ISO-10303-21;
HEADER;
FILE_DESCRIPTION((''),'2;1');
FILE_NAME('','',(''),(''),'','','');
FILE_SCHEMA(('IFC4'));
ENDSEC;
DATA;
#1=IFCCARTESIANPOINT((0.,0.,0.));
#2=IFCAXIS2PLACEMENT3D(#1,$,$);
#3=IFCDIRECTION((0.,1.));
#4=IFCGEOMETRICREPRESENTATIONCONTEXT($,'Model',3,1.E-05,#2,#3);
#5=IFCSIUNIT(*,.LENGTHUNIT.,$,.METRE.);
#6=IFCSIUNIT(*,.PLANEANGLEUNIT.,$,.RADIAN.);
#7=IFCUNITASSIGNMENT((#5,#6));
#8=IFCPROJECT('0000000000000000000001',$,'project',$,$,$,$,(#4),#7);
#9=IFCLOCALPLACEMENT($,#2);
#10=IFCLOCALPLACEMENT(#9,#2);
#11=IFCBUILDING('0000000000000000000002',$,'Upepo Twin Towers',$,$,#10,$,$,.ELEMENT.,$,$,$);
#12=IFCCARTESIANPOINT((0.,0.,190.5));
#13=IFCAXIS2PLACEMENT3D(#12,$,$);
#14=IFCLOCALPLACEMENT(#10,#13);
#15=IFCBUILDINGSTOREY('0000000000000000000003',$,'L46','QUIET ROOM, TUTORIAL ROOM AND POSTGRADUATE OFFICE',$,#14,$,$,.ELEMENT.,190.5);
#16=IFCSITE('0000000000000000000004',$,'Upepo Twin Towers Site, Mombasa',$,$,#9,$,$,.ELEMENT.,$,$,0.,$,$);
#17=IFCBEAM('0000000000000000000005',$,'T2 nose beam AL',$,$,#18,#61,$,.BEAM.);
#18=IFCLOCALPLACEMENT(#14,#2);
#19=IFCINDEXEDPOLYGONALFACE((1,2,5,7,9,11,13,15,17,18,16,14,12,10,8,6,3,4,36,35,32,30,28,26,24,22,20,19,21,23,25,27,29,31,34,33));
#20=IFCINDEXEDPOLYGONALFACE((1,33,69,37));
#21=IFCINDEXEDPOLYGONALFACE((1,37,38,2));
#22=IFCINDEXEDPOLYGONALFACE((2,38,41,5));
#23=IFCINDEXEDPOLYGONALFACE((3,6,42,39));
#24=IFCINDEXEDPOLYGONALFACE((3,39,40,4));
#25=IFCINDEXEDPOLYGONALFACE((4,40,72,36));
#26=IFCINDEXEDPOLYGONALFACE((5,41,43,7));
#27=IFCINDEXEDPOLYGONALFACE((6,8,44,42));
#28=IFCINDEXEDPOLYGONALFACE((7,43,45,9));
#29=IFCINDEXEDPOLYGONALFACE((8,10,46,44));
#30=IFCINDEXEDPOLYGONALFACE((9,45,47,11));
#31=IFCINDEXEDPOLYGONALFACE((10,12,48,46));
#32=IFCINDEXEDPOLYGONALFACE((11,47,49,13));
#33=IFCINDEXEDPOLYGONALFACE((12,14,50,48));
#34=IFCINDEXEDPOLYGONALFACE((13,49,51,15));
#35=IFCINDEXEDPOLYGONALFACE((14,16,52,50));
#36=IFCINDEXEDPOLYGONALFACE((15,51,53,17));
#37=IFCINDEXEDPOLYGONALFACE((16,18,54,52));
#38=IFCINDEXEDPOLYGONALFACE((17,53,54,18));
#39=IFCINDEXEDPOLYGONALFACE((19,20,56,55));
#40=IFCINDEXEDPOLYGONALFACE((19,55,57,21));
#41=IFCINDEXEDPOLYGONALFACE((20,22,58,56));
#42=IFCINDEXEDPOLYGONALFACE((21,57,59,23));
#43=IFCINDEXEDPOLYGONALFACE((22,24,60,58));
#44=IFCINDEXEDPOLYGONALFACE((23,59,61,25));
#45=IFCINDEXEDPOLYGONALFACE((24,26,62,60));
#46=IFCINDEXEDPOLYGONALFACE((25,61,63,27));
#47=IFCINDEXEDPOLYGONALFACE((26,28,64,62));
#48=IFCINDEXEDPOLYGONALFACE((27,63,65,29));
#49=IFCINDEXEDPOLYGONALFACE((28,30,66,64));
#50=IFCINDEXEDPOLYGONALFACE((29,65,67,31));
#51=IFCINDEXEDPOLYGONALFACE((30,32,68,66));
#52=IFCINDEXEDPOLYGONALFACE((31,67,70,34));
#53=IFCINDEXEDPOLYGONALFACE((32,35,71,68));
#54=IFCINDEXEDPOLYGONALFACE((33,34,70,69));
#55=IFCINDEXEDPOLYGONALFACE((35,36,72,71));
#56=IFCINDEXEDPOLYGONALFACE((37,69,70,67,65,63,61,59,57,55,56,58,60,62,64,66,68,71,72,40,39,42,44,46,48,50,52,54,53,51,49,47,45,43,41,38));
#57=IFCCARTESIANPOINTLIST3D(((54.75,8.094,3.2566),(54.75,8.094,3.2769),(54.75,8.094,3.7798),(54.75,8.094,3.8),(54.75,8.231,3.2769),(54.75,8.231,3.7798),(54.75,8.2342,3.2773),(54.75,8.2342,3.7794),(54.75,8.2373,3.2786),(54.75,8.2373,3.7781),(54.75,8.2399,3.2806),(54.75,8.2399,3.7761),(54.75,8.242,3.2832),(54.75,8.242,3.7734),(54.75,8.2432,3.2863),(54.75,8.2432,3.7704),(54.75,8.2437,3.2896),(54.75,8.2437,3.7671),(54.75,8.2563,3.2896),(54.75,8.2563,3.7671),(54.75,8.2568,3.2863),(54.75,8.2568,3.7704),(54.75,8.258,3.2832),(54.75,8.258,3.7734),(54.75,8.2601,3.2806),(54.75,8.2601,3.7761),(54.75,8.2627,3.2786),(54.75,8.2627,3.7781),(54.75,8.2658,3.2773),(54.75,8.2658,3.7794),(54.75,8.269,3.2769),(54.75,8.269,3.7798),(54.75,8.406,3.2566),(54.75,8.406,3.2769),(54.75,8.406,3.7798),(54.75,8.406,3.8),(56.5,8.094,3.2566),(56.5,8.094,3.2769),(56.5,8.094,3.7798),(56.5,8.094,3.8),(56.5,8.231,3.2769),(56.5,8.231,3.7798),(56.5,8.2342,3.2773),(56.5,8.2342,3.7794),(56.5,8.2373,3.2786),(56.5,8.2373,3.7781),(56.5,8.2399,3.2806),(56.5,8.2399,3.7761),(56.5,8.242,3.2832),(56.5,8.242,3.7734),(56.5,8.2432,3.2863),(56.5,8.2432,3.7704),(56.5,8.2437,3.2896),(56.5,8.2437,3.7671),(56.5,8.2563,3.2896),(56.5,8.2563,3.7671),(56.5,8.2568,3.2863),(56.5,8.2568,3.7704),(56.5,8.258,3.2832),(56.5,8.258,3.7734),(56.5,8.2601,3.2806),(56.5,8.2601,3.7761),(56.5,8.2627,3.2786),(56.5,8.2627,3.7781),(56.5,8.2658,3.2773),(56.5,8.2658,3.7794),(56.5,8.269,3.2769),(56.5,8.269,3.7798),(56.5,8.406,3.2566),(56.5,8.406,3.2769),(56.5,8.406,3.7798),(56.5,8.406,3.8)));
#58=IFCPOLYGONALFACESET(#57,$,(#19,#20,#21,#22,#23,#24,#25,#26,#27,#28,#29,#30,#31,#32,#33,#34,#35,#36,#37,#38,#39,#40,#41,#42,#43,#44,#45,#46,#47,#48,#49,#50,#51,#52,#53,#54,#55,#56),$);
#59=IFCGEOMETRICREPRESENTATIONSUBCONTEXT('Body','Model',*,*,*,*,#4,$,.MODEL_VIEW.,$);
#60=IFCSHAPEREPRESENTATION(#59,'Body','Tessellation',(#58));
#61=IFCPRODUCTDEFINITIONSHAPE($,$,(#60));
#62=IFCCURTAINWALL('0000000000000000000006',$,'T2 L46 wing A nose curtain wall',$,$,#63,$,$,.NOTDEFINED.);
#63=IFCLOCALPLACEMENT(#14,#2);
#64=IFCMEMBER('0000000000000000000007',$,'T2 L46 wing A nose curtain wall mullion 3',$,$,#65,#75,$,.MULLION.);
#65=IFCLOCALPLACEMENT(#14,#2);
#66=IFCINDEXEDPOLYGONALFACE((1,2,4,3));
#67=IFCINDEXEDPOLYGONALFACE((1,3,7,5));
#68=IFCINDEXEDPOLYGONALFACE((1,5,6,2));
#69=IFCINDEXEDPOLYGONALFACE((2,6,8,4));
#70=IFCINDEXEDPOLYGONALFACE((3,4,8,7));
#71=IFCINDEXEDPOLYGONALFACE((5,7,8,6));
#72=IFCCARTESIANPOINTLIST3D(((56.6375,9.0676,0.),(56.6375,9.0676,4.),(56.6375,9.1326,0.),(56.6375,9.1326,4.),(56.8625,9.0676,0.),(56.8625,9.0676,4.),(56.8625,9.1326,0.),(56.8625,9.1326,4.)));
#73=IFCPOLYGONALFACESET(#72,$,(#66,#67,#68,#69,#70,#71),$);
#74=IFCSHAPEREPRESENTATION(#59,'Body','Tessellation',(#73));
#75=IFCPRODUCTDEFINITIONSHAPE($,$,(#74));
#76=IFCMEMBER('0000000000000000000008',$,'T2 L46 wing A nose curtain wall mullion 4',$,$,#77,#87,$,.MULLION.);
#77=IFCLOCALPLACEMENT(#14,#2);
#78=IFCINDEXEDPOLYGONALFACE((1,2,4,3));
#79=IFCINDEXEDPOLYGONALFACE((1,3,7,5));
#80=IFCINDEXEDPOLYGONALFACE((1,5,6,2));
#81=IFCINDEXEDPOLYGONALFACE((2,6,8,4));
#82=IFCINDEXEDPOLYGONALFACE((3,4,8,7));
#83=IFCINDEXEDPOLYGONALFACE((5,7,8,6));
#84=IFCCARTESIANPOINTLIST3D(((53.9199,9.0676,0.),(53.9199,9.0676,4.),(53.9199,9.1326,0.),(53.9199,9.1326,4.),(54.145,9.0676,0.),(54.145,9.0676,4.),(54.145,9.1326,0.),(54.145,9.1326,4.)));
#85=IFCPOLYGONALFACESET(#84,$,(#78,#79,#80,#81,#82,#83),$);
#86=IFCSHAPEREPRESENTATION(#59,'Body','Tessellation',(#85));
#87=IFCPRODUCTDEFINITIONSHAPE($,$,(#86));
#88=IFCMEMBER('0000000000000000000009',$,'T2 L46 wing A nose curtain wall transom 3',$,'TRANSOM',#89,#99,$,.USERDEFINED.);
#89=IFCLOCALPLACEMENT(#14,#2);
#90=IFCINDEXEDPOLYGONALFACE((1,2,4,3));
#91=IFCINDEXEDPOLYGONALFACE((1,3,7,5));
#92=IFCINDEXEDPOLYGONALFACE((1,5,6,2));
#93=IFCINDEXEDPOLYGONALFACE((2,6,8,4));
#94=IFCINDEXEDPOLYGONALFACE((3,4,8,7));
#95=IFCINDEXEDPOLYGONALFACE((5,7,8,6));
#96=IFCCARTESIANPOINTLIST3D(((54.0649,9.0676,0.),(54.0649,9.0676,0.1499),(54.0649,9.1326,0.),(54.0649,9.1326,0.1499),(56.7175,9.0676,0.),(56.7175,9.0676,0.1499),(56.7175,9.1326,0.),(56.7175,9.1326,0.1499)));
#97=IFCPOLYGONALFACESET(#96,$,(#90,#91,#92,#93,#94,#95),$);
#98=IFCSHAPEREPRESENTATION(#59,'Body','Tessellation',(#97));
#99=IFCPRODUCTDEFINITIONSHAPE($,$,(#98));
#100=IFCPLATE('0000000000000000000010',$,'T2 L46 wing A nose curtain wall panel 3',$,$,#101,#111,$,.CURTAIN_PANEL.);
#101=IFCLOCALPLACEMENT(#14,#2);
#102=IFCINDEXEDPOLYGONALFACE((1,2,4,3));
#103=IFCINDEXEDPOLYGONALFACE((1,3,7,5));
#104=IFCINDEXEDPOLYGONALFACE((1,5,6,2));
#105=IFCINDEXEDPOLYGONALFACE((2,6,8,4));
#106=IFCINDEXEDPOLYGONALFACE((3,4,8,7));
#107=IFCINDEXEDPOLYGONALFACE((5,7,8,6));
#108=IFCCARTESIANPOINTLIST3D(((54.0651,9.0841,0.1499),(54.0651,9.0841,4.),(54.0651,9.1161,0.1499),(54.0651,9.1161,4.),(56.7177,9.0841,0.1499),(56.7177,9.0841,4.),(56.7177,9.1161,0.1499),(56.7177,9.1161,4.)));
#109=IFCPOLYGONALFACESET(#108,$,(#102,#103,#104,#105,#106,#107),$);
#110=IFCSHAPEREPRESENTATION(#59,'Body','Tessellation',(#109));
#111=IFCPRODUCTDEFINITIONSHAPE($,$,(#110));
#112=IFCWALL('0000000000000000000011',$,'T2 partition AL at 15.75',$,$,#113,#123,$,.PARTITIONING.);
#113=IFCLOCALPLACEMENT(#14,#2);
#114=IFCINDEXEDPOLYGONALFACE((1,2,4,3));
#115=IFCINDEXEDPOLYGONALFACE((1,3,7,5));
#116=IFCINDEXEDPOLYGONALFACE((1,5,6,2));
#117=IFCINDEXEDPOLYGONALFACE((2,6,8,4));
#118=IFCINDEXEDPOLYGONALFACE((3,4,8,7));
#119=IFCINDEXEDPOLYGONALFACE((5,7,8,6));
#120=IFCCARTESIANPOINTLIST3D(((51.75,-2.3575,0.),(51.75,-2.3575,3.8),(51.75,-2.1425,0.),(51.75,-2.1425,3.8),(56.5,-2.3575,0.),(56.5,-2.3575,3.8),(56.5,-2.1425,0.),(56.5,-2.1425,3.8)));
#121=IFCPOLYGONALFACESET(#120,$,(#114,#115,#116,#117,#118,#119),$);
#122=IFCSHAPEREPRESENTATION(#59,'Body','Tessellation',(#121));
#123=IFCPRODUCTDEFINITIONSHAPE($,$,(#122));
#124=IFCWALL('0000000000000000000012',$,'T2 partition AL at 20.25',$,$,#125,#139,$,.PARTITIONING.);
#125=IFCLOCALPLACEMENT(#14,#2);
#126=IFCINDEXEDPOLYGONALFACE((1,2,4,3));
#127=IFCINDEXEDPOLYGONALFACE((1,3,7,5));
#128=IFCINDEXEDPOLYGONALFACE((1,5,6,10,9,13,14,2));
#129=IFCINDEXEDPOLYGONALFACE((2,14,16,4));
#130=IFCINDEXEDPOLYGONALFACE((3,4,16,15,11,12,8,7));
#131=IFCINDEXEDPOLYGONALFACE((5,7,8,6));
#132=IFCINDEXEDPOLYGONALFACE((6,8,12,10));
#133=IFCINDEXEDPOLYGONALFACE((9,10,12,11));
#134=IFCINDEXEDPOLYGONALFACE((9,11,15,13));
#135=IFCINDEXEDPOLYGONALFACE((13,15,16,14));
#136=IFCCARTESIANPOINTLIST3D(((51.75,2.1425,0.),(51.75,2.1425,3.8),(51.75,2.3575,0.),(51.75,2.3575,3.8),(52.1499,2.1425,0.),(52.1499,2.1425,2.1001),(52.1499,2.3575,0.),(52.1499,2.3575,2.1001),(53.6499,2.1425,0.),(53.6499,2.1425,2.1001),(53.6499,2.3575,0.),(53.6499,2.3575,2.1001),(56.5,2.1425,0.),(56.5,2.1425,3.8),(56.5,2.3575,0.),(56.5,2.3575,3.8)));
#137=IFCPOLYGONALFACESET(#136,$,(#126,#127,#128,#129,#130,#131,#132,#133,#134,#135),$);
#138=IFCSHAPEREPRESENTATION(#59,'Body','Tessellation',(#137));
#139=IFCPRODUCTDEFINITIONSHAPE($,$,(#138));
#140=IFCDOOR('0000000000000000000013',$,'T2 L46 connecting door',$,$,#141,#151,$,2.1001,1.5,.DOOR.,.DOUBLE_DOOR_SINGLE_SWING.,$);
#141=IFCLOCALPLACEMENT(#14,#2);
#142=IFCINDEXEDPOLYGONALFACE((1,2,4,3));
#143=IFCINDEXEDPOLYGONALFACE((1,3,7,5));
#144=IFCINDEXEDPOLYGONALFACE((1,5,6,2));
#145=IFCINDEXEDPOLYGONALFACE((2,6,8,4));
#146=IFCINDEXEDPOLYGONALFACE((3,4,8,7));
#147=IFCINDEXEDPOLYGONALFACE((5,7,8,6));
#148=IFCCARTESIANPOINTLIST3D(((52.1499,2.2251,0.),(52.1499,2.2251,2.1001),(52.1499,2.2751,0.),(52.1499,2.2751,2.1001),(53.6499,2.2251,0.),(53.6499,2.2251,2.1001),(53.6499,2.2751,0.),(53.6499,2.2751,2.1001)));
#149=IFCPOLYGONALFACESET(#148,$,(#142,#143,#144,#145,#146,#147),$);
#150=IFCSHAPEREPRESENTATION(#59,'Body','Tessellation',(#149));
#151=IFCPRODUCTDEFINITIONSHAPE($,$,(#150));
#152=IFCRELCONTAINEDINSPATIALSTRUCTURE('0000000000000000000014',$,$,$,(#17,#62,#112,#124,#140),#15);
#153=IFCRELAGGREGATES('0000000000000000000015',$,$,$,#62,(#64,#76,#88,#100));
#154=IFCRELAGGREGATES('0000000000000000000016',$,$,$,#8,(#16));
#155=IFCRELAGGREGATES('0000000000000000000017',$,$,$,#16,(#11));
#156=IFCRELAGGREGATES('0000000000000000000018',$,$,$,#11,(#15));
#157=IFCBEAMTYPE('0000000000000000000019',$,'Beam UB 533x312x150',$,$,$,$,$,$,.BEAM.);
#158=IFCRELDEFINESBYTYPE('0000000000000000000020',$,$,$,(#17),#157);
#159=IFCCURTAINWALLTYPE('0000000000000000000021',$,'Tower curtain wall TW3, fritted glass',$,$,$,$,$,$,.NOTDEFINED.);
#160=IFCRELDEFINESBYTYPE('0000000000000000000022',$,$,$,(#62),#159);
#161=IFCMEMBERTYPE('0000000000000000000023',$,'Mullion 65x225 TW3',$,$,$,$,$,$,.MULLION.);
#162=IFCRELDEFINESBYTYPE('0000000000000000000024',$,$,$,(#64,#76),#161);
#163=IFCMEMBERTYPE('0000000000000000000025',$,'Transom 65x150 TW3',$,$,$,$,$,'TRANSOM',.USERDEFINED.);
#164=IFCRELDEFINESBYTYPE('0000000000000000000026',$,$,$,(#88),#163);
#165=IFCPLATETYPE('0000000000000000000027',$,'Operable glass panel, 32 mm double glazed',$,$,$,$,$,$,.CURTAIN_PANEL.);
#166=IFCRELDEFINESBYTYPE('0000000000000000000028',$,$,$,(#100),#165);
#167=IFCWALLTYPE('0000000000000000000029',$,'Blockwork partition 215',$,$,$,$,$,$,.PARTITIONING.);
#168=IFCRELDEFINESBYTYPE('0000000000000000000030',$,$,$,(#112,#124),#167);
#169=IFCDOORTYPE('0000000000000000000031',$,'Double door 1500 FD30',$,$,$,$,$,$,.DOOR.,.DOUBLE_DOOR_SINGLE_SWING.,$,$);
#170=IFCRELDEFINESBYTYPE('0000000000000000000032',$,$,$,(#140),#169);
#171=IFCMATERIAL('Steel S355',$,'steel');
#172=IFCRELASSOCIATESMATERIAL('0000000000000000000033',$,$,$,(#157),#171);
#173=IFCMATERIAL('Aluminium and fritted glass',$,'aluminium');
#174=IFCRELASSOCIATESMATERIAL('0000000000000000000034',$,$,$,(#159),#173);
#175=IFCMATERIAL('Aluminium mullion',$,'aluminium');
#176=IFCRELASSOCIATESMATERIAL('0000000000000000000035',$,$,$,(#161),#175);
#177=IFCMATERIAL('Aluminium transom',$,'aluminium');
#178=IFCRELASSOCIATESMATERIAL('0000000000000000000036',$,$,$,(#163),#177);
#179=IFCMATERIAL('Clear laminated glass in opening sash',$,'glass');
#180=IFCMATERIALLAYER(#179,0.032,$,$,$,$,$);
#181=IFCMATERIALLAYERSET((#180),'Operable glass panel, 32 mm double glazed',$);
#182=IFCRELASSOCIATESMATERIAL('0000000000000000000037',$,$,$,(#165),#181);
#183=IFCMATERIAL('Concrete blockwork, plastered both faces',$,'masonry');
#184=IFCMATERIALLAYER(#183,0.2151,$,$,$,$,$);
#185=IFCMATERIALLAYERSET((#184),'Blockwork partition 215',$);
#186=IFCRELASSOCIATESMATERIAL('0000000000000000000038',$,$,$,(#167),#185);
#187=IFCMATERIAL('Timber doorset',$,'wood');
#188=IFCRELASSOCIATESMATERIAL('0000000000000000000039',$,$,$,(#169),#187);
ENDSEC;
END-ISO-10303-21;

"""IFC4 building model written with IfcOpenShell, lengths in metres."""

from ifc_helpers import new_model, si_unit, direction, frame, frame_2d, origin, origin_2d, place, context, subcontext, project, spatial, rectangle, i_section, extrude, material, layer, layer_set, material_profile, profile_set, type_object, element, fill, aggregate, save


model = new_model("IFC4")

# Units and contexts
model_context = context("Model", 3, precision=1e-05, world=origin(), true_north=direction((0.0, 1.0)))
body_context = subcontext(model_context, "Body", "Model", "MODEL_VIEW")
ifc_project = project(units=[si_unit("LENGTHUNIT", "METRE"), si_unit("PLANEANGLEUNIT", "RADIAN")], contexts=[model_context])

# Site, building, storey
site_placement = place(None, origin())
site = spatial("IfcSite", under=ifc_project, at=site_placement, Name="Upepo Twin Towers Site, Mombasa", CompositionType="ELEMENT", RefElevation=0.0)
building_placement = place(site_placement, origin())
building = spatial("IfcBuilding", under=site, at=building_placement, Name="Upepo Twin Towers", CompositionType="ELEMENT")
storey_placement = place(building_placement, frame((0.0, 0.0, 190.5)))
storey = spatial("IfcBuildingStorey", under=building, at=storey_placement, Name="L46", Description="QUIET ROOM, TUTORIAL ROOM AND POSTGRADUATE OFFICE", CompositionType="ELEMENT", Elevation=190.5)

# Beam
ifc_material_1 = material(Name="Steel S355", Category="steel")
ifc_material_profile_1 = material_profile(ifc_material_1, i_section(OverallWidth=0.312, OverallDepth=0.5435, WebThickness=0.0127, FlangeThickness=0.0203, FilletRadius=0.0127, at=origin_2d()), Name="UB 533x312x150")
ifc_profile_set_1 = profile_set([ifc_material_profile_1], Name="Steel S355")
beam_type_1 = type_object("IfcBeamType", Name="Beam UB 533x312x150", PredefinedType="BEAM", material=ifc_profile_set_1)
beam_1_placement = place(storey_placement, frame((54.75, 8.25, 3.5283), z_axis=(1.0, 0.0, 0.0), x_axis=(0.0, 1.0, 0.0)))
element("IfcBeam", 1, at=beam_1_placement, inside=storey, type_object=beam_type_1, Name="T2 nose beam AL", PredefinedType="BEAM", context=body_context, shape_type="SweptSolid", body=[
    extrude(i_section(OverallWidth=0.312, OverallDepth=0.5435, WebThickness=0.0127, FlangeThickness=0.0203, FilletRadius=0.0127, at=origin_2d()), origin(), (0.0, 0.0, 1.0), 1.75),
])

# Curtain wall, members, plate
ifc_material_2 = material(Name="Aluminium and fritted glass", Category="aluminium")
curtain_wall_type = type_object("IfcCurtainWallType", Name="Tower curtain wall TW3, fritted glass", PredefinedType="NOTDEFINED", material=ifc_material_2)
curtain_wall_placement = place(storey_placement, origin())
curtain_wall = element("IfcCurtainWall", 2, at=curtain_wall_placement, inside=storey, type_object=curtain_wall_type, Name="T2 L46 wing A nose curtain wall", PredefinedType="NOTDEFINED")
ifc_material_3 = material(Name="Aluminium mullion", Category="aluminium")
ifc_material_profile_2 = material_profile(ifc_material_3, rectangle(XDim=0.0649, YDim=0.2251, at=origin_2d()), Name="MULLION 65x225")
ifc_profile_set_2 = profile_set([ifc_material_profile_2], Name="Aluminium mullion")
member_type_1 = type_object("IfcMemberType", Name="Mullion 65x225 TW3", PredefinedType="MULLION", material=ifc_profile_set_2)
member_1_placement = place(storey_placement, frame((56.75, 9.1001, 0.0), z_axis=(0.0, 0.0, 1.0), x_axis=(0.0, -1.0, 0.0)))
member_1 = element("IfcMember", 3, at=member_1_placement, type_object=member_type_1, Name="T2 L46 wing A nose curtain wall mullion 3", PredefinedType="MULLION", context=body_context, shape_type="SweptSolid", body=[
    extrude(rectangle(XDim=0.0649, YDim=0.2251, at=origin_2d()), origin(), (0.0, 0.0, 1.0), 4.0),
])
member_2_placement = place(storey_placement, frame((54.0325, 9.1001, 0.0), z_axis=(0.0, 0.0, 1.0), x_axis=(0.0, -1.0, 0.0)))
member_2 = element("IfcMember", 4, at=member_2_placement, type_object=member_type_1, Name="T2 L46 wing A nose curtain wall mullion 4", PredefinedType="MULLION", context=body_context, shape_type="SweptSolid", body=[
    extrude(rectangle(XDim=0.0649, YDim=0.2251, at=origin_2d()), origin(), (0.0, 0.0, 1.0), 4.0),
])
ifc_material_4 = material(Name="Aluminium transom", Category="aluminium")
ifc_material_profile_3 = material_profile(ifc_material_4, rectangle(XDim=0.0649, YDim=0.1499, at=origin_2d()), Name="TRANSOM 65x150")
ifc_profile_set_3 = profile_set([ifc_material_profile_3], Name="Aluminium transom")
member_type_2 = type_object("IfcMemberType", Name="Transom 65x150 TW3", ElementType="TRANSOM", PredefinedType="USERDEFINED", material=ifc_profile_set_3)
member_3_placement = place(storey_placement, frame((56.7175, 9.1001, 0.075), z_axis=(-1.0, 0.0, 0.0), x_axis=(0.0, -1.0, 0.0)))
member_3 = element("IfcMember", 5, at=member_3_placement, type_object=member_type_2, Name="T2 L46 wing A nose curtain wall transom 3", ObjectType="TRANSOM", PredefinedType="USERDEFINED", context=body_context, shape_type="SweptSolid", body=[
    extrude(rectangle(XDim=0.0649, YDim=0.1499, at=origin_2d()), origin(), (0.0, 0.0, 1.0), 2.6526),
])
ifc_material_5 = material(Name="Clear laminated glass in opening sash", Category="glass")
ifc_layer_1 = layer(ifc_material_5, 0.032)
ifc_layer_set_1 = layer_set([ifc_layer_1], Name="Operable glass panel, 32 mm double glazed")
plate_type = type_object("IfcPlateType", Name="Operable glass panel, 32 mm double glazed", PredefinedType="CURTAIN_PANEL", material=ifc_layer_set_1)
plate_placement = place(storey_placement, frame((55.3914, 9.1001, 0.1499), z_axis=(0.0, 0.0, 1.0), x_axis=(-1.0, 0.0, 0.0)))
plate = element("IfcPlate", 6, at=plate_placement, type_object=plate_type, Name="T2 L46 wing A nose curtain wall panel 3", PredefinedType="CURTAIN_PANEL", context=body_context, shape_type="SweptSolid", body=[
    extrude(rectangle(XDim=2.6526, YDim=0.032, at=origin_2d()), origin(), (0.0, 0.0, 1.0), 3.8501),
])
aggregate(curtain_wall, [member_1, member_2, member_3, plate])

# Wall
ifc_material_6 = material(Name="Concrete blockwork, plastered both faces", Category="masonry")
ifc_layer_2 = layer(ifc_material_6, 0.2151)
ifc_layer_set_2 = layer_set([ifc_layer_2], Name="Blockwork partition 215")
wall_type_1 = type_object("IfcWallType", Name="Blockwork partition 215", PredefinedType="PARTITIONING", material=ifc_layer_set_2)
wall_1_placement = place(storey_placement, frame((56.5, -2.25, 0.0), z_axis=(0.0, 0.0, 1.0), x_axis=(-1.0, 0.0, 0.0)))
element("IfcWall", 7, at=wall_1_placement, inside=storey, type_object=wall_type_1, Name="T2 partition AL at 15.75", PredefinedType="PARTITIONING", context=body_context, shape_type="SweptSolid", body=[
    extrude(rectangle(XDim=4.75, YDim=0.2151, at=frame_2d((2.375, 0.0))), origin(), (0.0, 0.0, 1.0), 3.8),
])

# Wall, opening, door
wall_2_placement = place(storey_placement, frame((56.5, 2.25, 0.0), z_axis=(0.0, 0.0, 1.0), x_axis=(-1.0, 0.0, 0.0)))
wall_2 = element("IfcWall", 8, at=wall_2_placement, inside=storey, type_object=wall_type_1, Name="T2 partition AL at 20.25", PredefinedType="PARTITIONING", context=body_context, shape_type="SweptSolid", body=[
    extrude(rectangle(XDim=4.75, YDim=0.2151, at=frame_2d((2.375, 0.0))), origin(), (0.0, 0.0, 1.0), 3.8),
])
opening_1_placement = place(wall_2_placement, frame((2.8501, 0.0, 0.0)))
opening_1 = element("IfcOpeningElement", 9, at=opening_1_placement, cuts=wall_2, PredefinedType="OPENING", context=body_context, shape_type="SweptSolid", body=[
    extrude(rectangle(XDim=1.5, YDim=2.1001, at=frame_2d((0.75, 1.05))), frame((0.0, 0.1174, 0.0), z_axis=(0.0, -1.0, 0.0), x_axis=(1.0, 0.0, 0.0)), (0.0, 0.0, 1.0), 0.2351),
])
ifc_material_7 = material(Name="Timber doorset", Category="wood")
door_type_1 = type_object("IfcDoorType", Name="Double door 1500 FD30", OperationType="DOUBLE_DOOR_SINGLE_SWING", PredefinedType="DOOR", material=ifc_material_7)
door_1_placement = place(opening_1_placement, origin())
door_1 = element("IfcDoor", 10, at=door_1_placement, inside=storey, type_object=door_type_1, Name="T2 L46 connecting door", OperationType="DOUBLE_DOOR_SINGLE_SWING", OverallHeight=2.1001, OverallWidth=1.5, PredefinedType="DOOR", context=body_context, shape_type="SweptSolid", body=[
    extrude(rectangle(XDim=1.5, YDim=2.1001, at=frame_2d((0.75, 1.05))), frame((0.0, 0.0249, 0.0), z_axis=(0.0, -1.0, 0.0), x_axis=(1.0, 0.0, 0.0)), (0.0, 0.0, 1.0), 0.05),
])
fill(opening_1, door_1)

save(model, "model.ifc")
